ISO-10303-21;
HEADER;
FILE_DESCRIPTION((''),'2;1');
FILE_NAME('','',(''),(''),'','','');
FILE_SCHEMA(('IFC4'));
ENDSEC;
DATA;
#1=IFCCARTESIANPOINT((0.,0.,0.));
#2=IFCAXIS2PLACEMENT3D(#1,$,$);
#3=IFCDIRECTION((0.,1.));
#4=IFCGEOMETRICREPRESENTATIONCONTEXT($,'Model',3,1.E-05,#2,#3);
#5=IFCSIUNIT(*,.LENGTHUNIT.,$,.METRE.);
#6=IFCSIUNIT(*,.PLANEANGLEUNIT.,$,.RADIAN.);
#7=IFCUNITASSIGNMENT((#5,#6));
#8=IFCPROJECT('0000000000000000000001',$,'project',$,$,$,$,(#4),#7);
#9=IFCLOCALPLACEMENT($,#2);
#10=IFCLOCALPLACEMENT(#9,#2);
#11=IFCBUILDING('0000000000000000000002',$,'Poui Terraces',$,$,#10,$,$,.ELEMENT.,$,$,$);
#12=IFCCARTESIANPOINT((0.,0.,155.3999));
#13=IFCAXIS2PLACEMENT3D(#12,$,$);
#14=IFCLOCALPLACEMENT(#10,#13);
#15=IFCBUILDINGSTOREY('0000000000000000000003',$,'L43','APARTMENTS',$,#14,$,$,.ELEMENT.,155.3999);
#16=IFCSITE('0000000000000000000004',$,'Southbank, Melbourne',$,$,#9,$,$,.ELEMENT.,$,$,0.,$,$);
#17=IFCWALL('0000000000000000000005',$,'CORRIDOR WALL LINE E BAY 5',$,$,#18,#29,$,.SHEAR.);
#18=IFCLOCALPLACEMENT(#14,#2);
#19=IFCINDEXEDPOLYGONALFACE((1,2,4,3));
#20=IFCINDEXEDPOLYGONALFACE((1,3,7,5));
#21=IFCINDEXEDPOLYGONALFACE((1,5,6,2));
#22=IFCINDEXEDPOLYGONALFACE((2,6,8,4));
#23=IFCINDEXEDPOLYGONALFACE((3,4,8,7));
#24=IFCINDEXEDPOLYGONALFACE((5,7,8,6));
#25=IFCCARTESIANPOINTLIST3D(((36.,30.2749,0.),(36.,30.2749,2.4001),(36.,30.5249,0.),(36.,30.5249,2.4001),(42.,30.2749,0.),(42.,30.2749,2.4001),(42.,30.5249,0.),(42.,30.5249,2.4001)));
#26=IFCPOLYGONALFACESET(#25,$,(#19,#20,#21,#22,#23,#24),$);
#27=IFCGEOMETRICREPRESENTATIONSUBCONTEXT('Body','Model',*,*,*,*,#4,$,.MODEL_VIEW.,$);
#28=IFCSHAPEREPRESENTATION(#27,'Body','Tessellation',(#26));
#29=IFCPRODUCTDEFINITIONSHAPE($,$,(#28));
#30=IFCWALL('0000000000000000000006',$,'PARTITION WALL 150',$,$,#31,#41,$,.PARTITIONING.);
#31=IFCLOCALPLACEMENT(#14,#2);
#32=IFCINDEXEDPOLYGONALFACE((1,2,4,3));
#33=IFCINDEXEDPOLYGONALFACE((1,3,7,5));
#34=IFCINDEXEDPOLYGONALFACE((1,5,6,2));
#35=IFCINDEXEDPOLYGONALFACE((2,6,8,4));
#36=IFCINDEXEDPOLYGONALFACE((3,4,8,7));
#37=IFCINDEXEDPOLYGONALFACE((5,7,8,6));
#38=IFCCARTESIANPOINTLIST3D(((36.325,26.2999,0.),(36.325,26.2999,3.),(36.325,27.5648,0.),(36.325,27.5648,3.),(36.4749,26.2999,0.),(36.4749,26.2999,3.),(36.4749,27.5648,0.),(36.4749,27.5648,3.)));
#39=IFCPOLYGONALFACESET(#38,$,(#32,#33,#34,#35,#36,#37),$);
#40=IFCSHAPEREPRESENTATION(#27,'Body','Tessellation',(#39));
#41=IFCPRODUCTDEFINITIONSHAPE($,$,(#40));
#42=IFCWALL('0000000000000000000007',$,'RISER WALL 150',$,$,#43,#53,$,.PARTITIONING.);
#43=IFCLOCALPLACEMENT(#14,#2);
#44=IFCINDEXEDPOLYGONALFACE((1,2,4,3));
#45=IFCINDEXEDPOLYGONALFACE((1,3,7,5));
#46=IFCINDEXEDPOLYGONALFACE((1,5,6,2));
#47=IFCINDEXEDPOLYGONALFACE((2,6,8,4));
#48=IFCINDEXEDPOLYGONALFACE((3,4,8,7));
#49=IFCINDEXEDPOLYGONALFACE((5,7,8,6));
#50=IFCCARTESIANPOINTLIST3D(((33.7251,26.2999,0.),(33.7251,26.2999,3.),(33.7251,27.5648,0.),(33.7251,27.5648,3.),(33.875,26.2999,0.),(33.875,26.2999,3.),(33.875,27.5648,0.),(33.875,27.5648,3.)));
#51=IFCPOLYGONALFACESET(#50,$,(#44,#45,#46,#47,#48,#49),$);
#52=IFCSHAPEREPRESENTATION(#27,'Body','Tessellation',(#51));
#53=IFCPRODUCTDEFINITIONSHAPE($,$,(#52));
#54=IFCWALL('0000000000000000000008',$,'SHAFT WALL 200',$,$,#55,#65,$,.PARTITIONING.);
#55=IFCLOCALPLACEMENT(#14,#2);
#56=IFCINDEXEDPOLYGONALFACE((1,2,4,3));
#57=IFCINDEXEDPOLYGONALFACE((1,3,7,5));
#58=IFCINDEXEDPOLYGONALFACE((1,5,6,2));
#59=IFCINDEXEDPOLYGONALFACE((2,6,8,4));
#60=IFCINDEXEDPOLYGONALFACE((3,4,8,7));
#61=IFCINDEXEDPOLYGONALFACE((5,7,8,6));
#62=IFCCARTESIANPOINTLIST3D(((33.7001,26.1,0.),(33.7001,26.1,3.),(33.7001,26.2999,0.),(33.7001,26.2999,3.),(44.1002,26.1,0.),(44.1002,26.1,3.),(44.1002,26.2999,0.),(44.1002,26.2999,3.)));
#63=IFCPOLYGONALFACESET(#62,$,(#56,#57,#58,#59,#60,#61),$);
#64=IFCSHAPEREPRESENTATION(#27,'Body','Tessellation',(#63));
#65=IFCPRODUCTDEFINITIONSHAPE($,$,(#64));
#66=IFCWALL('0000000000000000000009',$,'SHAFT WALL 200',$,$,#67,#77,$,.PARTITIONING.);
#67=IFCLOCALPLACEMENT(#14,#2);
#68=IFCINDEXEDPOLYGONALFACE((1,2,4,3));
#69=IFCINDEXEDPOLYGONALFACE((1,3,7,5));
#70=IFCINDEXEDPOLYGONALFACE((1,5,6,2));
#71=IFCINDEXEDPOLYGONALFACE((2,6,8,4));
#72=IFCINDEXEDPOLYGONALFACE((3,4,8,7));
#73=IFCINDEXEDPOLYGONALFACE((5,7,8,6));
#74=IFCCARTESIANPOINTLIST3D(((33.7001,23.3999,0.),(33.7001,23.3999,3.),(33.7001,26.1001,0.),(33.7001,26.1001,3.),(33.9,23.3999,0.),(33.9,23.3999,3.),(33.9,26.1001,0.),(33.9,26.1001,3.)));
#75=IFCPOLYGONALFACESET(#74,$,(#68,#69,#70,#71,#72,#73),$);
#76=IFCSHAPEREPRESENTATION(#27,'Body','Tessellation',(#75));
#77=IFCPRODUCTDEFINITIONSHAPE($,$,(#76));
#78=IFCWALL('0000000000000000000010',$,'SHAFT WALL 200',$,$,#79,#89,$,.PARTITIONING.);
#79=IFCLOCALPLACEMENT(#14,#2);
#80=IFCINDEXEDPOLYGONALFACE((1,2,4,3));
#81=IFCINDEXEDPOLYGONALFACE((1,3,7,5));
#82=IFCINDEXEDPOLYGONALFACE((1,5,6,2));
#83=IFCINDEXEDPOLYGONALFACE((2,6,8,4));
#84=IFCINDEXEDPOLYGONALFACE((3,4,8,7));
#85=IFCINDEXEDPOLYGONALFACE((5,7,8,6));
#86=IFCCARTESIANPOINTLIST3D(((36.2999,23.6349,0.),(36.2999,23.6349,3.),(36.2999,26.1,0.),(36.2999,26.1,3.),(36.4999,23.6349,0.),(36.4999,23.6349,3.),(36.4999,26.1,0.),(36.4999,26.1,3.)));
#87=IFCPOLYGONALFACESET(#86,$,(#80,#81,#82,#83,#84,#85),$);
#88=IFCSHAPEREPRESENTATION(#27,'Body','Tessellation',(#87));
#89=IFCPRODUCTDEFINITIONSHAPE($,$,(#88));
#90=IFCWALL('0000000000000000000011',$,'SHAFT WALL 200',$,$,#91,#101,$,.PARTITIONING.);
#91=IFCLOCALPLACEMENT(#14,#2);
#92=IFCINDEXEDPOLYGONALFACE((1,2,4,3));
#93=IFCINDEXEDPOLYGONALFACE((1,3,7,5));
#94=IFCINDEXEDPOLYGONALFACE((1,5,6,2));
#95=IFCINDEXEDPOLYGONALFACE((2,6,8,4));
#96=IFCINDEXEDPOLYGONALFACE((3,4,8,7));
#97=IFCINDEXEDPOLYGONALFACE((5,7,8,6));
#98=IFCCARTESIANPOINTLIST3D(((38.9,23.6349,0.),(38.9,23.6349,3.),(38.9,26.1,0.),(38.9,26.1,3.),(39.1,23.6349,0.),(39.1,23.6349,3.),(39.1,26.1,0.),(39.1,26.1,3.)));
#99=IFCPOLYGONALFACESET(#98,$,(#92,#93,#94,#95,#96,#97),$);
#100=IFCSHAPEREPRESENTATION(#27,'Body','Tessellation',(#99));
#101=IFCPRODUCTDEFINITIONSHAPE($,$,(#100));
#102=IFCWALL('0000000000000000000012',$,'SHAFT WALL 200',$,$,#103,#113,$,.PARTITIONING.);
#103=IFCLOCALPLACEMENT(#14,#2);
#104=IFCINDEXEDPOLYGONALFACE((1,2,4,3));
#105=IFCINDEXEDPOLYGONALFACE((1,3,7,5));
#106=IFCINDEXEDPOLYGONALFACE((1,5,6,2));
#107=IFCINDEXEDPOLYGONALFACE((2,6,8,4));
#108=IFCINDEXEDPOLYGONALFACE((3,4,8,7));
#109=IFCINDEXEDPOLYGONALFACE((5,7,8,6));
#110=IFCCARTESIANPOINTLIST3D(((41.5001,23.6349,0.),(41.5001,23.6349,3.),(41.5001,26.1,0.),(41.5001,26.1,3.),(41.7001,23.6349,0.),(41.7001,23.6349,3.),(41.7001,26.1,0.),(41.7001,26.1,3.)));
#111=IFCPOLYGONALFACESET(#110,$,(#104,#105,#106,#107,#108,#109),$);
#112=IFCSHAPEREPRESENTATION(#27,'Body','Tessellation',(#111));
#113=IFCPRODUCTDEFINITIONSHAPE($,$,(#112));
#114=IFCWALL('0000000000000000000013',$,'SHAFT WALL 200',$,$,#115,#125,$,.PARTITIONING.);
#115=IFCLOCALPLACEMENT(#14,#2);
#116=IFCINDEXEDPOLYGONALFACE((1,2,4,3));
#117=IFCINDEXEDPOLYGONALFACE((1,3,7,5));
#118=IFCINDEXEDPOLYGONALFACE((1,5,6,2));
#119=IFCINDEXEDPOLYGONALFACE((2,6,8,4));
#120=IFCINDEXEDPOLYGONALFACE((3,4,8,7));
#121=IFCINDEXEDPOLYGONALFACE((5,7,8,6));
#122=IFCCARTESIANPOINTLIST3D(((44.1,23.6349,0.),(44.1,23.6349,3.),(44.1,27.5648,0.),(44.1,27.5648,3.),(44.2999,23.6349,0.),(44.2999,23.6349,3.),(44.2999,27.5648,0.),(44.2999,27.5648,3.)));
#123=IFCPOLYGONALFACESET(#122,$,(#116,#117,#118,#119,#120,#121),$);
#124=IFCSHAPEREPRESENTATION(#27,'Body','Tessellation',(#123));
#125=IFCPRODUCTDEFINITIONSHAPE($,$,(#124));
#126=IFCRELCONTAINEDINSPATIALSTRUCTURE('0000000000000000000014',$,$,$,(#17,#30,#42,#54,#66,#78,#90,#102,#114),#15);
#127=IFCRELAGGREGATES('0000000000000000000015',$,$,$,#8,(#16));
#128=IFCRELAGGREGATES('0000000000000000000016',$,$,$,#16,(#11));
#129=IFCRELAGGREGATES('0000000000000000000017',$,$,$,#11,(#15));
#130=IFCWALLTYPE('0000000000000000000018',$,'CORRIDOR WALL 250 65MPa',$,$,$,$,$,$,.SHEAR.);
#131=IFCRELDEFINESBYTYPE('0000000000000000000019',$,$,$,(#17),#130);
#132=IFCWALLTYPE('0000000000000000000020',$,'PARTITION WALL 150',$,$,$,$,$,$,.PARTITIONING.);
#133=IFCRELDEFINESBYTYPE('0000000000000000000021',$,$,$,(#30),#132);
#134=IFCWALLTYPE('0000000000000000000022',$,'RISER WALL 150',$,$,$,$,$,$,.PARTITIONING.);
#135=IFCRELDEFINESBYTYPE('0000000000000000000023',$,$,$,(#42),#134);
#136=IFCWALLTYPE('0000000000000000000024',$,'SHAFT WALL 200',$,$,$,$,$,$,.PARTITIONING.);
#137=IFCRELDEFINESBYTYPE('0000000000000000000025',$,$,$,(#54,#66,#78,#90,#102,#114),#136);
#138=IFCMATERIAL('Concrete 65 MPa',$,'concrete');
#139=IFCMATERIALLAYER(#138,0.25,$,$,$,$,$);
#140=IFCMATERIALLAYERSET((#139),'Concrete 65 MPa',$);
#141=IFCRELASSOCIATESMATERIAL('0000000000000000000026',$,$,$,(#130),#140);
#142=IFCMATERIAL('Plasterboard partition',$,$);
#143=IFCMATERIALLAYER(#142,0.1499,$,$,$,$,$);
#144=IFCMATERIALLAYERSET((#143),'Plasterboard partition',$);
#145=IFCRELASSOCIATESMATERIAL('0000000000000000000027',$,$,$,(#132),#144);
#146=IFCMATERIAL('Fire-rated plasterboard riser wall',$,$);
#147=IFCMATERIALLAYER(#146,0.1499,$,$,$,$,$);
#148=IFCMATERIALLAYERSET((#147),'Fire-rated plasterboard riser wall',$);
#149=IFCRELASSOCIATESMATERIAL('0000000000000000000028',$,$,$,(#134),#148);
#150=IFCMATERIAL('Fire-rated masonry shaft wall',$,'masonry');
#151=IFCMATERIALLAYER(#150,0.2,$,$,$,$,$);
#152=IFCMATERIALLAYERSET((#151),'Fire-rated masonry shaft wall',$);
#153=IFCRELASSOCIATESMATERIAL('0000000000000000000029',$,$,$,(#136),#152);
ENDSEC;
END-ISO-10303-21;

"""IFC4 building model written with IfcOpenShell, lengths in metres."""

from ifc_helpers import new_model, si_unit, direction, frame, frame_2d, origin, place, context, subcontext, project, spatial, rectangle, extrude, material, layer, layer_set, type_object, element, save


model = new_model("IFC4")

# Units and contexts
model_context = context("Model", 3, precision=1e-05, world=origin(), true_north=direction((0.0, 1.0)))
body_context = subcontext(model_context, "Body", "Model", "MODEL_VIEW")
ifc_project = project(units=[si_unit("LENGTHUNIT", "METRE"), si_unit("PLANEANGLEUNIT", "RADIAN")], contexts=[model_context])

# Site, building, storey
site_placement = place(None, origin())
site = spatial("IfcSite", under=ifc_project, at=site_placement, Name="Southbank, Melbourne", CompositionType="ELEMENT", RefElevation=0.0)
building_placement = place(site_placement, origin())
building = spatial("IfcBuilding", under=site, at=building_placement, Name="Poui Terraces", CompositionType="ELEMENT")
storey_placement = place(building_placement, frame((0.0, 0.0, 155.3999)))
storey = spatial("IfcBuildingStorey", under=building, at=storey_placement, Name="L43", Description="APARTMENTS", CompositionType="ELEMENT", Elevation=155.3999)

# Shared definitions
ifc_material_1 = material(Name="Concrete 65 MPa", Category="concrete")

# Walls
ifc_layer_1 = layer(ifc_material_1, 0.25)
ifc_layer_set_1 = layer_set([ifc_layer_1], Name="Concrete 65 MPa")
wall_type_1 = type_object("IfcWallType", Name="CORRIDOR WALL 250 65MPa", PredefinedType="SHEAR", material=ifc_layer_set_1)
wall_1_placement = place(storey_placement, frame((36.0, 30.3999, 0.0), z_axis=(0.0, 0.0, 1.0), x_axis=(1.0, 0.0, 0.0)))
element("IfcWall", 1, at=wall_1_placement, inside=storey, type_object=wall_type_1, Name="CORRIDOR WALL LINE E BAY 5", PredefinedType="SHEAR", context=body_context, shape_type="SweptSolid", body=[
    extrude(rectangle(XDim=6.0, YDim=0.25, at=frame_2d((3.0, 0.0))), origin(), (0.0, 0.0, 1.0), 2.4001),
])
ifc_material_2 = material(Name="Plasterboard partition")
ifc_layer_2 = layer(ifc_material_2, 0.1499)
ifc_layer_set_2 = layer_set([ifc_layer_2], Name="Plasterboard partition")
wall_type_2 = type_object("IfcWallType", Name="PARTITION WALL 150", PredefinedType="PARTITIONING", material=ifc_layer_set_2)
wall_2_placement = place(storey_placement, frame((36.3999, 26.3, 0.0), z_axis=(0.0, 0.0, 1.0), x_axis=(0.0, 1.0, 0.0)))
element("IfcWall", 2, at=wall_2_placement, inside=storey, type_object=wall_type_2, Name="PARTITION WALL 150", PredefinedType="PARTITIONING", context=body_context, shape_type="SweptSolid", body=[
    extrude(rectangle(XDim=1.2649, YDim=0.1499, at=frame_2d((0.6323, 0.0))), origin(), (0.0, 0.0, 1.0), 3.0),
])
ifc_material_3 = material(Name="Fire-rated plasterboard riser wall")
ifc_layer_3 = layer(ifc_material_3, 0.1499)
ifc_layer_set_3 = layer_set([ifc_layer_3], Name="Fire-rated plasterboard riser wall")
wall_type_3 = type_object("IfcWallType", Name="RISER WALL 150", PredefinedType="PARTITIONING", material=ifc_layer_set_3)
wall_3_placement = place(storey_placement, frame((33.8, 26.3, 0.0), z_axis=(0.0, 0.0, 1.0), x_axis=(0.0, 1.0, 0.0)))
element("IfcWall", 3, at=wall_3_placement, inside=storey, type_object=wall_type_3, Name="RISER WALL 150", PredefinedType="PARTITIONING", context=body_context, shape_type="SweptSolid", body=[
    extrude(rectangle(XDim=1.2649, YDim=0.1499, at=frame_2d((0.6323, 0.0))), origin(), (0.0, 0.0, 1.0), 3.0),
])
ifc_material_4 = material(Name="Fire-rated masonry shaft wall", Category="masonry")
ifc_layer_4 = layer(ifc_material_4, 0.2)
ifc_layer_set_4 = layer_set([ifc_layer_4], Name="Fire-rated masonry shaft wall")
wall_type_4 = type_object("IfcWallType", Name="SHAFT WALL 200", PredefinedType="PARTITIONING", material=ifc_layer_set_4)
wall_4_placement = place(storey_placement, frame((33.7, 26.2, 0.0), z_axis=(0.0, 0.0, 1.0), x_axis=(1.0, 0.0, 0.0)))
element("IfcWall", 4, at=wall_4_placement, inside=storey, type_object=wall_type_4, Name="SHAFT WALL 200", PredefinedType="PARTITIONING", context=body_context, shape_type="SweptSolid", body=[
    extrude(rectangle(XDim=10.4001, YDim=0.2, at=frame_2d((5.2002, 0.0))), origin(), (0.0, 0.0, 1.0), 3.0),
])
wall_5_placement = place(storey_placement, frame((33.8, 23.3999, 0.0), z_axis=(0.0, 0.0, 1.0), x_axis=(0.0, 1.0, 0.0)))
element("IfcWall", 5, at=wall_5_placement, inside=storey, type_object=wall_type_4, Name="SHAFT WALL 200", PredefinedType="PARTITIONING", context=body_context, shape_type="SweptSolid", body=[
    extrude(rectangle(XDim=2.7002, YDim=0.2, at=frame_2d((1.3501, 0.0))), origin(), (0.0, 0.0, 1.0), 3.0),
])
for number, where, z_axis, x_axis, name in (
    (6, (36.3999, 23.635, 0.0), (0.0, 0.0, 1.0), (0.0, 1.0, 0.0), "SHAFT WALL 200"),
    (7, (39.0, 23.635, 0.0), (0.0, 0.0, 1.0), (0.0, 1.0, 0.0), "SHAFT WALL 200"),
    (8, (41.6001, 23.635, 0.0), (0.0, 0.0, 1.0), (0.0, 1.0, 0.0), "SHAFT WALL 200"),
):
    element("IfcWall", number, at=place(storey_placement, frame(where, z_axis=z_axis, x_axis=x_axis)), inside=storey, type_object=wall_type_4, Name=name, PredefinedType="PARTITIONING", context=body_context, shape_type="SweptSolid", body=[
        extrude(rectangle(XDim=2.4651, YDim=0.2, at=frame_2d((1.2324, 0.0))), origin(), (0.0, 0.0, 1.0), 3.0),
    ])
wall_6_placement = place(storey_placement, frame((44.2, 23.635, 0.0), z_axis=(0.0, 0.0, 1.0), x_axis=(0.0, 1.0, 0.0)))
element("IfcWall", 9, at=wall_6_placement, inside=storey, type_object=wall_type_4, Name="SHAFT WALL 200", PredefinedType="PARTITIONING", context=body_context, shape_type="SweptSolid", body=[
    extrude(rectangle(XDim=3.9299, YDim=0.2, at=frame_2d((1.9648, 0.0))), origin(), (0.0, 0.0, 1.0), 3.0),
])

save(model, "model.ifc")
